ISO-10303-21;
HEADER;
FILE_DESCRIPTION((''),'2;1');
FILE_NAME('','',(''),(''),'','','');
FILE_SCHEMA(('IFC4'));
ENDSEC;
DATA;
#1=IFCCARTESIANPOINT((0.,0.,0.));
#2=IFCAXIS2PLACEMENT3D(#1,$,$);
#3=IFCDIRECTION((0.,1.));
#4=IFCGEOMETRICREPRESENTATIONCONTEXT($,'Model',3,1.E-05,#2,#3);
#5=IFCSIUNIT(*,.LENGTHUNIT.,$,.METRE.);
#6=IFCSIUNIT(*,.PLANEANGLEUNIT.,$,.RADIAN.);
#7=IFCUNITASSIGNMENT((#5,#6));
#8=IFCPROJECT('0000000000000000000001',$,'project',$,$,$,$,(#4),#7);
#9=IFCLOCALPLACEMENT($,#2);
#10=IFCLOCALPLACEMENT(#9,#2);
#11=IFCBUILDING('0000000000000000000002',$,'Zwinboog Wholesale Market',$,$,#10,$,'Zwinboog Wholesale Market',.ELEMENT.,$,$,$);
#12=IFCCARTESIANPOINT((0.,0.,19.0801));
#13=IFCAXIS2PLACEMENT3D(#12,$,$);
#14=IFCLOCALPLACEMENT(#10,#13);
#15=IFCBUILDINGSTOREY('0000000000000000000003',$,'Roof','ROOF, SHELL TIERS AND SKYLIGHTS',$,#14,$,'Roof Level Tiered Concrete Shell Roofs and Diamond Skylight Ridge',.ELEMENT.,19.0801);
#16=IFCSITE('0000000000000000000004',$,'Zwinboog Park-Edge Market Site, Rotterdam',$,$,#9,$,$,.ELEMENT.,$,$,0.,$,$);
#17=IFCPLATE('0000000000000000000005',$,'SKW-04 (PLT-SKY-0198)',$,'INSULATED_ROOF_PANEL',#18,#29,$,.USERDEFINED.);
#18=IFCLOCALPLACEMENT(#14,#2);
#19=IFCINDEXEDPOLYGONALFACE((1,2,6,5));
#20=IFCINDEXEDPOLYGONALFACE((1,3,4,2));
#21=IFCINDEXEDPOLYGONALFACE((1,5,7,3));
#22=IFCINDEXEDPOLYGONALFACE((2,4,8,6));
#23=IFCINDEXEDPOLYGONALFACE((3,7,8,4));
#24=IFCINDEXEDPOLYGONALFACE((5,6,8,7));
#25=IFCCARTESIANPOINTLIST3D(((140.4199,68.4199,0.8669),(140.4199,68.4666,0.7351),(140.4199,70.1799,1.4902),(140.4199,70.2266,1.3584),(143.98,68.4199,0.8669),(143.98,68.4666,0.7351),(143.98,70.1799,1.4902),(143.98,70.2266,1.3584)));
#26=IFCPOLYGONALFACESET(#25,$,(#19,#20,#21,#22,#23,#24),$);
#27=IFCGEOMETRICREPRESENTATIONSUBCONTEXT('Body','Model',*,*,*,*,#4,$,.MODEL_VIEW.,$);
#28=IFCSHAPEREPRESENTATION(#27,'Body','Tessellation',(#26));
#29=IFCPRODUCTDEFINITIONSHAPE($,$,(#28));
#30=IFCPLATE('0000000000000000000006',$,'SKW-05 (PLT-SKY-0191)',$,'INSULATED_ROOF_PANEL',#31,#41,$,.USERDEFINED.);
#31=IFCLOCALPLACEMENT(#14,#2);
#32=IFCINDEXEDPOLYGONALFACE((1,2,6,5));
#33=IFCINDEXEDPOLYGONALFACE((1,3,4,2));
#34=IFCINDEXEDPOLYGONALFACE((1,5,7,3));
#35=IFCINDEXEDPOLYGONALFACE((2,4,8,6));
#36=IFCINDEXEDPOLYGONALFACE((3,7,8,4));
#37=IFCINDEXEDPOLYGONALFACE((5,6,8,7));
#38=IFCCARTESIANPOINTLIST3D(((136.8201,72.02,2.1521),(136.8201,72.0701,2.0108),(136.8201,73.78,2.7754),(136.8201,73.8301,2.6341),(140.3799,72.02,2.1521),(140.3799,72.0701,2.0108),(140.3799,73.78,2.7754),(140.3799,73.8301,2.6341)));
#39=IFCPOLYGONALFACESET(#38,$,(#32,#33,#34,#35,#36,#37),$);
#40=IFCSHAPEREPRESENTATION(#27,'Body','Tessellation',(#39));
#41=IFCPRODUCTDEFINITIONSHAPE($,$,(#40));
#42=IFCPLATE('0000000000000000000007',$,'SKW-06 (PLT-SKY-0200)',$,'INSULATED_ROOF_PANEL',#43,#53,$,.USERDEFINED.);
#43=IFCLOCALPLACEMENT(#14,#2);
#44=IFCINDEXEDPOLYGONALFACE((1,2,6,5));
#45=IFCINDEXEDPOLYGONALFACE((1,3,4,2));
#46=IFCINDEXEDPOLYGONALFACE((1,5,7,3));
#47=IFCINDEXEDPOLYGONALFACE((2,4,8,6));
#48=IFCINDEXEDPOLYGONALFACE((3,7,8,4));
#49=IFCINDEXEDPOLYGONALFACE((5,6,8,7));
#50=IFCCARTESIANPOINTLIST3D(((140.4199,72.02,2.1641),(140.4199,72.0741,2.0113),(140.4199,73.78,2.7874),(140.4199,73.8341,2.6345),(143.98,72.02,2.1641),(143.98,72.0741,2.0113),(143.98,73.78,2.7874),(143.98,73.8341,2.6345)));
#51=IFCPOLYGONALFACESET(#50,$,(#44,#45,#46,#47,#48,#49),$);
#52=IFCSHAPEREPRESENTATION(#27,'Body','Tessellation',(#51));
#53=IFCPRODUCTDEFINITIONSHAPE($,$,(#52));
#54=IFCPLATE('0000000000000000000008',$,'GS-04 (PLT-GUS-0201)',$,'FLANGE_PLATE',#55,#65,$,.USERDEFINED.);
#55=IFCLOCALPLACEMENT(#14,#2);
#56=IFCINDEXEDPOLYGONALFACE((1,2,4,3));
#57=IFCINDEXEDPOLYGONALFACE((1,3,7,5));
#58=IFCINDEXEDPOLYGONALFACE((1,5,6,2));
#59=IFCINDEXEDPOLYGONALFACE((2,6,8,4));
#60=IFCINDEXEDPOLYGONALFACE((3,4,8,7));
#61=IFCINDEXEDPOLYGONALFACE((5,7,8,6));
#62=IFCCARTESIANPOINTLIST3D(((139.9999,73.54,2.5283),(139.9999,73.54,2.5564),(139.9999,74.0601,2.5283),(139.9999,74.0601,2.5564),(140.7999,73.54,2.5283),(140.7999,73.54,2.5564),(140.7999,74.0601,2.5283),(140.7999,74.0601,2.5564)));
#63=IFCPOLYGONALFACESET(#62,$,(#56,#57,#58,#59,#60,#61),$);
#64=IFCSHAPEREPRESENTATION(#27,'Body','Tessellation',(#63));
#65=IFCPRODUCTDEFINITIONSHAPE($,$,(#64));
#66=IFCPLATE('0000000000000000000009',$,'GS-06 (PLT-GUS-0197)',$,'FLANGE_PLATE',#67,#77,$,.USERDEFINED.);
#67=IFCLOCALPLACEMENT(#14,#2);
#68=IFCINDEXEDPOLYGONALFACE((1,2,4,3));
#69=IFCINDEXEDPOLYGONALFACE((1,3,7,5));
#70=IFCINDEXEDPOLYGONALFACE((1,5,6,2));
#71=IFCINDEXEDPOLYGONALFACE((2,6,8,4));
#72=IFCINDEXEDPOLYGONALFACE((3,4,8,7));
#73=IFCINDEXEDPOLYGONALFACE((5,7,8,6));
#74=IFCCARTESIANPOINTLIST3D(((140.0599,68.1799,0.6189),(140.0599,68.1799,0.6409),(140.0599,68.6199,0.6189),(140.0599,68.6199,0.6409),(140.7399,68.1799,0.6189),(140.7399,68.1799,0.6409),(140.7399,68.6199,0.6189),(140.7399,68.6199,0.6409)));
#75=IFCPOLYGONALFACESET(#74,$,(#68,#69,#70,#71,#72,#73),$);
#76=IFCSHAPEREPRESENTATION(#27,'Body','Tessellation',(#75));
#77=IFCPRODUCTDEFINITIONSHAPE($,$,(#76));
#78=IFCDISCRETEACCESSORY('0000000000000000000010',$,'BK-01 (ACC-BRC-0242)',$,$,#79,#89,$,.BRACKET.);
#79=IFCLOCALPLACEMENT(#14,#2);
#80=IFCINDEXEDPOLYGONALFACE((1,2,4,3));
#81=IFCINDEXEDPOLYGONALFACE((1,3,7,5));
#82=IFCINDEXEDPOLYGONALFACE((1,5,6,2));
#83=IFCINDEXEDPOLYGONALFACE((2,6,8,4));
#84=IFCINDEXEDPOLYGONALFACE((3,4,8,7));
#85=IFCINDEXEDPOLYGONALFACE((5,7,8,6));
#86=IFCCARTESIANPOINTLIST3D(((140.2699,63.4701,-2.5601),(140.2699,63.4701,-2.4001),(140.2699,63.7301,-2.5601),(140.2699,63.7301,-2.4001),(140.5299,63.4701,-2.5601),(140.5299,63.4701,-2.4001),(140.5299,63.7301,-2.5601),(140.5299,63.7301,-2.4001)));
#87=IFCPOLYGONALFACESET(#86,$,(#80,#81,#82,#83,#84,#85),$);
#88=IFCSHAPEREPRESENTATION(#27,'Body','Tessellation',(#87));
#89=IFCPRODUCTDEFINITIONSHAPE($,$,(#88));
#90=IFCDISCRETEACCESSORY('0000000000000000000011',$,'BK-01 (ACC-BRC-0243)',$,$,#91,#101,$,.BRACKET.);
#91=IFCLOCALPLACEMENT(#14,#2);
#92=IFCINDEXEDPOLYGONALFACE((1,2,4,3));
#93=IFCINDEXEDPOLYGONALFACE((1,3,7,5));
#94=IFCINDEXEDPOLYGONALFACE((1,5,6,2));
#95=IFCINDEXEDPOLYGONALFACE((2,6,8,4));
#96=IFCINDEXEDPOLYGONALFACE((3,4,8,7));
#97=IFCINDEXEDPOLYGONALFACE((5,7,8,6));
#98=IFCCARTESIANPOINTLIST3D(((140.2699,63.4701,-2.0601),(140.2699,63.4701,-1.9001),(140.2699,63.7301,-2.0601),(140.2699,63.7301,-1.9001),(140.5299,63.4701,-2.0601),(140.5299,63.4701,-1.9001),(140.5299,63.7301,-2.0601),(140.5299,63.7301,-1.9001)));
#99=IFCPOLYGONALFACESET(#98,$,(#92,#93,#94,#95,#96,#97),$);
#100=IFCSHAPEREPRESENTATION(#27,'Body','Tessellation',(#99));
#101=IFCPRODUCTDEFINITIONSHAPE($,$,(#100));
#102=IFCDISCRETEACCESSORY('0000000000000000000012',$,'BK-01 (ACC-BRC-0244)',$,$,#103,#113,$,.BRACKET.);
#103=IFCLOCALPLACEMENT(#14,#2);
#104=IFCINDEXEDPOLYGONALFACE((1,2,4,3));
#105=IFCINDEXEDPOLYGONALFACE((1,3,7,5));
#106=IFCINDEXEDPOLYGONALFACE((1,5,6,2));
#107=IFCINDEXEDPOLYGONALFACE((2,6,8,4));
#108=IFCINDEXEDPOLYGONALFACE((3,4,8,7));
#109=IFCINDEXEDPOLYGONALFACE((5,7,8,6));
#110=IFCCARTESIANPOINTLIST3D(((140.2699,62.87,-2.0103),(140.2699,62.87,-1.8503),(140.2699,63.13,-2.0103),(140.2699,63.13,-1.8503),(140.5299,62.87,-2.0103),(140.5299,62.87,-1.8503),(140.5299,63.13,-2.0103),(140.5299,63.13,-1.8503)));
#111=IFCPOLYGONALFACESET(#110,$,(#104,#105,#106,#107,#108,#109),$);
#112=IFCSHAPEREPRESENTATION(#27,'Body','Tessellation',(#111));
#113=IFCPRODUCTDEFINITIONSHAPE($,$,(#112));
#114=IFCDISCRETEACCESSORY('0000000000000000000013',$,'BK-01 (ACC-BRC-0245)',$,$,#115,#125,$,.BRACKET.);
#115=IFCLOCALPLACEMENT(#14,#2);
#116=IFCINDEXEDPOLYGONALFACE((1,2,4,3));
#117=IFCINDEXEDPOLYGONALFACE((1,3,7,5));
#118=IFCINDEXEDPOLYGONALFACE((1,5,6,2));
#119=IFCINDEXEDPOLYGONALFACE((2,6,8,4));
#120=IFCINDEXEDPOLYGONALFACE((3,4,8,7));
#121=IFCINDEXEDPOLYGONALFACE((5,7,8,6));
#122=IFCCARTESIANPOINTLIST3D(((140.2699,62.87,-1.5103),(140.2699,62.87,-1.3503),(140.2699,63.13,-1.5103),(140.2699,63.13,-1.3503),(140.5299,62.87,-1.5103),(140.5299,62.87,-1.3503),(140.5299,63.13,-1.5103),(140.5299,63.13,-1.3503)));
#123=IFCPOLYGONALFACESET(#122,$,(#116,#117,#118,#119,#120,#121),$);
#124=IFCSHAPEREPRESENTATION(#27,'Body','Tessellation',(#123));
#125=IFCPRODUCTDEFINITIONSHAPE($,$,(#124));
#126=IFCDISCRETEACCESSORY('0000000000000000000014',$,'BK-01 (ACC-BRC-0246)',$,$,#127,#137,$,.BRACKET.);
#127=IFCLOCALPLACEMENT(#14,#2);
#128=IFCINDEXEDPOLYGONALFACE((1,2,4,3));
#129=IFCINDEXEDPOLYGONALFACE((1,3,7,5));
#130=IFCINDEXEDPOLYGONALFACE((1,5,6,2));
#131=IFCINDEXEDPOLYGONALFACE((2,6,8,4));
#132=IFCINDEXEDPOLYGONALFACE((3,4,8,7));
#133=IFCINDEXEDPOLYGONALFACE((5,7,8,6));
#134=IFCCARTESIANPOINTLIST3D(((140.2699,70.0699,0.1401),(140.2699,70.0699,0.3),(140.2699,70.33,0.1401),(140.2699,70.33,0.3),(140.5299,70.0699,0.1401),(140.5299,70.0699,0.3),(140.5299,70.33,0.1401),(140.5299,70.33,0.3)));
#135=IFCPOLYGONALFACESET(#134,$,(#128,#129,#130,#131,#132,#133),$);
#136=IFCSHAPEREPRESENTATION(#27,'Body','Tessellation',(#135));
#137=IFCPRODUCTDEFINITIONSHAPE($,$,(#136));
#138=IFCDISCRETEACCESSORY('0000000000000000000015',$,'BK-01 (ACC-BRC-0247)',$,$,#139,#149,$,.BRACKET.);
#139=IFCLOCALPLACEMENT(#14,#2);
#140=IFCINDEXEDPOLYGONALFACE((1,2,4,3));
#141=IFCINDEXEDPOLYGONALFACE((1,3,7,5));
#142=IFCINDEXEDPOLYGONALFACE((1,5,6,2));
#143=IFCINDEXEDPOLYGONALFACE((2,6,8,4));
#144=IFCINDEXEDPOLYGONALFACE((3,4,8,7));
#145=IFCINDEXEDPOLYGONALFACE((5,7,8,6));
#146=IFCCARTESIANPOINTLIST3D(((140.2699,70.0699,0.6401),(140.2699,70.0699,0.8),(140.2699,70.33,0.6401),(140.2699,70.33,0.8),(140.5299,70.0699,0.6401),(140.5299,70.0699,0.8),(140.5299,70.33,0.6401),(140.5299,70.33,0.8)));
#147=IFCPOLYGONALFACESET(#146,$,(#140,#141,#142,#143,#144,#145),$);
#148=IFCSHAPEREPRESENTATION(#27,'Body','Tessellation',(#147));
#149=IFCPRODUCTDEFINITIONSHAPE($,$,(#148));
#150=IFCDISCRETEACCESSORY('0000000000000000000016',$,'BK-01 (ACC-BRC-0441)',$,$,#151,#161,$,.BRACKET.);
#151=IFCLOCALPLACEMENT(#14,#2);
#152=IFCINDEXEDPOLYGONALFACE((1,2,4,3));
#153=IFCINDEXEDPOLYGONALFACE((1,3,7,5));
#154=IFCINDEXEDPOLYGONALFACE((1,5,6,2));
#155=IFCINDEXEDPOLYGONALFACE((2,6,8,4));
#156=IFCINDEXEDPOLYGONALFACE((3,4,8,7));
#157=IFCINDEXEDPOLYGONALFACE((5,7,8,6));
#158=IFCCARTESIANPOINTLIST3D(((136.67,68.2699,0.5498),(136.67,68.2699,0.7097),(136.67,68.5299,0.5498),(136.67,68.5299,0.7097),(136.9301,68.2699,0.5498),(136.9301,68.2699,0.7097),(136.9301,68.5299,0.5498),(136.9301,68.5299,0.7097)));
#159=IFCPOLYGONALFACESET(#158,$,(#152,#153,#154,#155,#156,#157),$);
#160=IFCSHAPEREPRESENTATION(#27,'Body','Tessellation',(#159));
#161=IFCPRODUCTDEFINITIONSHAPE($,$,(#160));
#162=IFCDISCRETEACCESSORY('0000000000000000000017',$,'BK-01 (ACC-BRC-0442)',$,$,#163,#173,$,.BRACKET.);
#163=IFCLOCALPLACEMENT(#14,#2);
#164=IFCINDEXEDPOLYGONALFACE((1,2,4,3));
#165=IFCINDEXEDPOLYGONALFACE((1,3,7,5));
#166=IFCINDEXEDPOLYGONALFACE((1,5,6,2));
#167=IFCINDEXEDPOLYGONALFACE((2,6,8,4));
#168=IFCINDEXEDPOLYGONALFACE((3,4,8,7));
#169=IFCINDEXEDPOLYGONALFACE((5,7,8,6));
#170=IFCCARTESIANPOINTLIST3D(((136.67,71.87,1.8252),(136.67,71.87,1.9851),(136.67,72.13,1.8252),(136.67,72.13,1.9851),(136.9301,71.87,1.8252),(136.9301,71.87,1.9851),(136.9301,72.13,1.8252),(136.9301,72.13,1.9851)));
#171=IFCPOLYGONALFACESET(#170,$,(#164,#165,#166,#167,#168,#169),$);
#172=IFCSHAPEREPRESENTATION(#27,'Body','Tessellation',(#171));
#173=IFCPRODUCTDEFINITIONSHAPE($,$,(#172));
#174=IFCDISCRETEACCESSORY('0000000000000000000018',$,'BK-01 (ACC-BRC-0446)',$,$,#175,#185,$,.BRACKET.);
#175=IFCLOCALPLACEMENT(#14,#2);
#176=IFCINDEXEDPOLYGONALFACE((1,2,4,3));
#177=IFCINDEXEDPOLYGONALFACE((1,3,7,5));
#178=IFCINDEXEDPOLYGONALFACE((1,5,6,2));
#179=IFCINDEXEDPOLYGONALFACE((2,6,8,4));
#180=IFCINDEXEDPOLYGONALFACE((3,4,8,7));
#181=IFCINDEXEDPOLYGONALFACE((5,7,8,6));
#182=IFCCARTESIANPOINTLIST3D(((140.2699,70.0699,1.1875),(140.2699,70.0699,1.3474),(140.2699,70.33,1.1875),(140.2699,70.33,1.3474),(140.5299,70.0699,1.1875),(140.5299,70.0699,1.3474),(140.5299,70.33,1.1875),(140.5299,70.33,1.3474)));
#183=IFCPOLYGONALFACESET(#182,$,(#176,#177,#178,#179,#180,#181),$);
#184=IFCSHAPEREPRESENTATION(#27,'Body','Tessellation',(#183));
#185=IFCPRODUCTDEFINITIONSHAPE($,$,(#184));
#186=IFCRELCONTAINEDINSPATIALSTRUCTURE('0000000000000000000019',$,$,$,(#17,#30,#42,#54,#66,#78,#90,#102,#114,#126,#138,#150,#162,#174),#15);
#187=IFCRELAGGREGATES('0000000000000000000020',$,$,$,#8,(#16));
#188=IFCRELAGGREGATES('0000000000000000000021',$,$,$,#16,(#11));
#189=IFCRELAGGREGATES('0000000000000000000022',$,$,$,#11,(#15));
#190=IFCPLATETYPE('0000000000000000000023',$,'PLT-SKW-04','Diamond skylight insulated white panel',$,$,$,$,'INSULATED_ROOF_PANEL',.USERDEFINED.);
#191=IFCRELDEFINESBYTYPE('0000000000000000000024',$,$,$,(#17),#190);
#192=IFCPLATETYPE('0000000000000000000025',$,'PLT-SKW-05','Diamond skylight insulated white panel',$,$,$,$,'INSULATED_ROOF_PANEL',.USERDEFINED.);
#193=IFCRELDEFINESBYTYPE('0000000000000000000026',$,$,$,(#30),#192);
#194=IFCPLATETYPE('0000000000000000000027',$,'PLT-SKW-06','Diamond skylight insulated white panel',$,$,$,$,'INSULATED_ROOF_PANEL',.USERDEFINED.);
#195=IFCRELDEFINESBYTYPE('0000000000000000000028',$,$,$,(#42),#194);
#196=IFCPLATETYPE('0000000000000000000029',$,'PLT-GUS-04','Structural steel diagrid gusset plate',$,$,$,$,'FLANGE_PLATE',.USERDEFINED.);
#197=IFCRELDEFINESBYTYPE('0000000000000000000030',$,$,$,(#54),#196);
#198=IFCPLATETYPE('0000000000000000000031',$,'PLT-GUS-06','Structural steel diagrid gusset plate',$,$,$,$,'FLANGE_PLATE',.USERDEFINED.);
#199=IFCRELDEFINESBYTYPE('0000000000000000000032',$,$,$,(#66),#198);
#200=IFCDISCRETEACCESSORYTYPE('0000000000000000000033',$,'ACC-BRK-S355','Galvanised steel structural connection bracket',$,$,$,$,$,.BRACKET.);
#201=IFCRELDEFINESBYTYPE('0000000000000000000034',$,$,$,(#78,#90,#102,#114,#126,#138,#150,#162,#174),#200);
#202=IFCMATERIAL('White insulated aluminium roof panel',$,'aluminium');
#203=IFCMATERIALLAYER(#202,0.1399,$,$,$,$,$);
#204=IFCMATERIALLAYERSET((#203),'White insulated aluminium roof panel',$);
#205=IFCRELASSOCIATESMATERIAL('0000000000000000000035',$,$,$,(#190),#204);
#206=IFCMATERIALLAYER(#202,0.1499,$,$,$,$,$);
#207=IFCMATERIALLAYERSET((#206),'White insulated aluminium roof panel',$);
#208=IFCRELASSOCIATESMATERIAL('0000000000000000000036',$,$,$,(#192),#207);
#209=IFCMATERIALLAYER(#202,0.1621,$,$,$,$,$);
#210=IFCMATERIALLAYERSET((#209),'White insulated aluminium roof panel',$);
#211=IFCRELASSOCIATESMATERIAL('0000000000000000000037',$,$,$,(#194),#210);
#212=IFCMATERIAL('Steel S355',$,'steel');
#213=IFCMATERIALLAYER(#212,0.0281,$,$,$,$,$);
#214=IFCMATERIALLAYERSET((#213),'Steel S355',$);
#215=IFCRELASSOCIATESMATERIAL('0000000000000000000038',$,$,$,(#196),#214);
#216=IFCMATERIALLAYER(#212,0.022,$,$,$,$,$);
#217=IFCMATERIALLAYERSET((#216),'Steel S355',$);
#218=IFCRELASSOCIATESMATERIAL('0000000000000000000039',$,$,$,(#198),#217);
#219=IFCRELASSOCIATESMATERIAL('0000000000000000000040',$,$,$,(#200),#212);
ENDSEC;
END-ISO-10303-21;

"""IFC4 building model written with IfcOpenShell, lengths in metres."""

from ifc_helpers import new_model, si_unit, direction, frame, origin, origin_2d, place, context, subcontext, project, spatial, polyline, rectangle, outline, extrude, material, layer, layer_set, type_object, element, save


model = new_model("IFC4")

# Units and contexts
model_context = context("Model", 3, precision=1e-05, world=origin(), true_north=direction((0.0, 1.0)))
body_context = subcontext(model_context, "Body", "Model", "MODEL_VIEW")
ifc_project = project(units=[si_unit("LENGTHUNIT", "METRE"), si_unit("PLANEANGLEUNIT", "RADIAN")], contexts=[model_context])

# Site, building, storey
site_placement = place(None, origin())
site = spatial("IfcSite", under=ifc_project, at=site_placement, Name="Zwinboog Park-Edge Market Site, Rotterdam", CompositionType="ELEMENT", RefElevation=0.0)
building_placement = place(site_placement, origin())
building = spatial("IfcBuilding", under=site, at=building_placement, Name="Zwinboog Wholesale Market", LongName="Zwinboog Wholesale Market", CompositionType="ELEMENT")
storey_placement = place(building_placement, frame((0.0, 0.0, 19.0801)))
storey = spatial("IfcBuildingStorey", under=building, at=storey_placement, Name="Roof", Description="ROOF, SHELL TIERS AND SKYLIGHTS", LongName="Roof Level Tiered Concrete Shell Roofs and Diamond Skylight Ridge", CompositionType="ELEMENT", Elevation=19.0801)

# Shared definitions
ifc_material_1 = material(Name="Steel S355", Category="steel")

# Plates
ifc_material_2 = material(Name="White insulated aluminium roof panel", Category="aluminium")
ifc_layer_1 = layer(ifc_material_2, 0.1399)
ifc_layer_set_1 = layer_set([ifc_layer_1], Name="White insulated aluminium roof panel")
plate_type_1 = type_object("IfcPlateType", Name="PLT-SKW-04", Description="Diamond skylight insulated white panel", ElementType="INSULATED_ROOF_PANEL", PredefinedType="USERDEFINED", material=ifc_layer_set_1)
plate_1_placement = place(storey_placement, frame((140.4199, 68.4199, 0.8669), z_axis=(0.0, -0.333825, 0.942635), x_axis=(1.0, 0.0, 0.0)))
element("IfcPlate", 1, at=plate_1_placement, inside=storey, type_object=plate_type_1, Name="SKW-04 (PLT-SKY-0198)", ObjectType="INSULATED_ROOF_PANEL", PredefinedType="USERDEFINED", context=body_context, shape_type="SweptSolid", body=[
    extrude(outline(polyline([(0.0, 0.0), (3.5601, 0.0), (3.5601, 1.8671), (0.0, 1.8671), (0.0, 0.0)])), origin(), (0.0, 0.0, -1.0), 0.1399),
])
ifc_layer_2 = layer(ifc_material_2, 0.1499)
ifc_layer_set_2 = layer_set([ifc_layer_2], Name="White insulated aluminium roof panel")
plate_type_2 = type_object("IfcPlateType", Name="PLT-SKW-05", Description="Diamond skylight insulated white panel", ElementType="INSULATED_ROOF_PANEL", PredefinedType="USERDEFINED", material=ifc_layer_set_2)
plate_2_placement = place(storey_placement, frame((136.8201, 72.02, 2.1521), z_axis=(0.0, -0.333825, 0.942635), x_axis=(1.0, 0.0, 0.0)))
element("IfcPlate", 2, at=plate_2_placement, inside=storey, type_object=plate_type_2, Name="SKW-05 (PLT-SKY-0191)", ObjectType="INSULATED_ROOF_PANEL", PredefinedType="USERDEFINED", context=body_context, shape_type="SweptSolid", body=[
    extrude(outline(polyline([(0.0, 0.0), (3.5598, 0.0), (3.5598, 1.8671), (0.0, 1.8671), (0.0, 0.0)])), origin(), (0.0, 0.0, -1.0), 0.1499),
])
ifc_layer_3 = layer(ifc_material_2, 0.1621)
ifc_layer_set_3 = layer_set([ifc_layer_3], Name="White insulated aluminium roof panel")
plate_type_3 = type_object("IfcPlateType", Name="PLT-SKW-06", Description="Diamond skylight insulated white panel", ElementType="INSULATED_ROOF_PANEL", PredefinedType="USERDEFINED", material=ifc_layer_set_3)
plate_3_placement = place(storey_placement, frame((140.4199, 72.02, 2.1641), z_axis=(0.0, -0.333825, 0.942635), x_axis=(1.0, 0.0, 0.0)))
element("IfcPlate", 3, at=plate_3_placement, inside=storey, type_object=plate_type_3, Name="SKW-06 (PLT-SKY-0200)", ObjectType="INSULATED_ROOF_PANEL", PredefinedType="USERDEFINED", context=body_context, shape_type="SweptSolid", body=[
    extrude(outline(polyline([(0.0, 0.0), (3.5601, 0.0), (3.5601, 1.8671), (0.0, 1.8671), (0.0, 0.0)])), origin(), (0.0, 0.0, -1.0), 0.1621),
])
ifc_layer_4 = layer(ifc_material_1, 0.0281)
ifc_layer_set_4 = layer_set([ifc_layer_4], Name="Steel S355")
plate_type_4 = type_object("IfcPlateType", Name="PLT-GUS-04", Description="Structural steel diagrid gusset plate", ElementType="FLANGE_PLATE", PredefinedType="USERDEFINED", material=ifc_layer_set_4)
plate_4_placement = place(storey_placement, frame((140.3999, 73.8, 2.5283), z_axis=(0.0, 0.0, 1.0), x_axis=(1.0, 0.0, 0.0)))
element("IfcPlate", 4, at=plate_4_placement, inside=storey, type_object=plate_type_4, Name="GS-04 (PLT-GUS-0201)", ObjectType="FLANGE_PLATE", PredefinedType="USERDEFINED", context=body_context, shape_type="SweptSolid", body=[
    extrude(rectangle(XDim=0.8, YDim=0.52, at=origin_2d()), origin(), (0.0, 0.0, 1.0), 0.0281),
])
ifc_layer_5 = layer(ifc_material_1, 0.022)
ifc_layer_set_5 = layer_set([ifc_layer_5], Name="Steel S355")
plate_type_5 = type_object("IfcPlateType", Name="PLT-GUS-06", Description="Structural steel diagrid gusset plate", ElementType="FLANGE_PLATE", PredefinedType="USERDEFINED", material=ifc_layer_set_5)
plate_5_placement = place(storey_placement, frame((140.3999, 68.3999, 0.6189), z_axis=(0.0, 0.0, 1.0), x_axis=(1.0, 0.0, 0.0)))
element("IfcPlate", 5, at=plate_5_placement, inside=storey, type_object=plate_type_5, Name="GS-06 (PLT-GUS-0197)", ObjectType="FLANGE_PLATE", PredefinedType="USERDEFINED", context=body_context, shape_type="SweptSolid", body=[
    extrude(rectangle(XDim=0.6799, YDim=0.4399, at=origin_2d()), origin(), (0.0, 0.0, 1.0), 0.022),
])

# Discrete accessories
discrete_accessory_type = type_object("IfcDiscreteAccessoryType", Name="ACC-BRK-S355", Description="Galvanised steel structural connection bracket", PredefinedType="BRACKET", material=ifc_material_1)
for number, where, z_axis, x_axis, name in (
    (6, (140.3999, 63.6001, -2.5601), (0.0, 0.0, 1.0), (1.0, 0.0, 0.0), "BK-01 (ACC-BRC-0242)"),
    (7, (140.3999, 63.6001, -2.0601), (0.0, 0.0, 1.0), (1.0, 0.0, 0.0), "BK-01 (ACC-BRC-0243)"),
    (8, (140.3999, 63.0, -2.0103), (0.0, 0.0, 1.0), (1.0, 0.0, 0.0), "BK-01 (ACC-BRC-0244)"),
    (9, (140.3999, 63.0, -1.5103), (0.0, 0.0, 1.0), (1.0, 0.0, 0.0), "BK-01 (ACC-BRC-0245)"),
    (10, (140.3999, 70.2, 0.1401), (0.0, 0.0, 1.0), (1.0, 0.0, 0.0), "BK-01 (ACC-BRC-0246)"),
    (11, (140.3999, 70.2, 0.6401), (0.0, 0.0, 1.0), (1.0, 0.0, 0.0), "BK-01 (ACC-BRC-0247)"),
    (12, (136.8, 68.3999, 0.5498), (0.0, 0.0, 1.0), (1.0, 0.0, 0.0), "BK-01 (ACC-BRC-0441)"),
    (13, (136.8, 72.0, 1.8252), (0.0, 0.0, 1.0), (1.0, 0.0, 0.0), "BK-01 (ACC-BRC-0442)"),
    (14, (140.3999, 70.2, 1.1875), (0.0, 0.0, 1.0), (1.0, 0.0, 0.0), "BK-01 (ACC-BRC-0446)"),
):
    element("IfcDiscreteAccessory", number, at=place(storey_placement, frame(where, z_axis=z_axis, x_axis=x_axis)), inside=storey, type_object=discrete_accessory_type, Name=name, PredefinedType="BRACKET", context=body_context, shape_type="SweptSolid", body=[
        extrude(rectangle(XDim=0.26, YDim=0.26, at=origin_2d()), origin(), (0.0, 0.0, 1.0), 0.1599),
    ])

save(model, "model.ifc")
